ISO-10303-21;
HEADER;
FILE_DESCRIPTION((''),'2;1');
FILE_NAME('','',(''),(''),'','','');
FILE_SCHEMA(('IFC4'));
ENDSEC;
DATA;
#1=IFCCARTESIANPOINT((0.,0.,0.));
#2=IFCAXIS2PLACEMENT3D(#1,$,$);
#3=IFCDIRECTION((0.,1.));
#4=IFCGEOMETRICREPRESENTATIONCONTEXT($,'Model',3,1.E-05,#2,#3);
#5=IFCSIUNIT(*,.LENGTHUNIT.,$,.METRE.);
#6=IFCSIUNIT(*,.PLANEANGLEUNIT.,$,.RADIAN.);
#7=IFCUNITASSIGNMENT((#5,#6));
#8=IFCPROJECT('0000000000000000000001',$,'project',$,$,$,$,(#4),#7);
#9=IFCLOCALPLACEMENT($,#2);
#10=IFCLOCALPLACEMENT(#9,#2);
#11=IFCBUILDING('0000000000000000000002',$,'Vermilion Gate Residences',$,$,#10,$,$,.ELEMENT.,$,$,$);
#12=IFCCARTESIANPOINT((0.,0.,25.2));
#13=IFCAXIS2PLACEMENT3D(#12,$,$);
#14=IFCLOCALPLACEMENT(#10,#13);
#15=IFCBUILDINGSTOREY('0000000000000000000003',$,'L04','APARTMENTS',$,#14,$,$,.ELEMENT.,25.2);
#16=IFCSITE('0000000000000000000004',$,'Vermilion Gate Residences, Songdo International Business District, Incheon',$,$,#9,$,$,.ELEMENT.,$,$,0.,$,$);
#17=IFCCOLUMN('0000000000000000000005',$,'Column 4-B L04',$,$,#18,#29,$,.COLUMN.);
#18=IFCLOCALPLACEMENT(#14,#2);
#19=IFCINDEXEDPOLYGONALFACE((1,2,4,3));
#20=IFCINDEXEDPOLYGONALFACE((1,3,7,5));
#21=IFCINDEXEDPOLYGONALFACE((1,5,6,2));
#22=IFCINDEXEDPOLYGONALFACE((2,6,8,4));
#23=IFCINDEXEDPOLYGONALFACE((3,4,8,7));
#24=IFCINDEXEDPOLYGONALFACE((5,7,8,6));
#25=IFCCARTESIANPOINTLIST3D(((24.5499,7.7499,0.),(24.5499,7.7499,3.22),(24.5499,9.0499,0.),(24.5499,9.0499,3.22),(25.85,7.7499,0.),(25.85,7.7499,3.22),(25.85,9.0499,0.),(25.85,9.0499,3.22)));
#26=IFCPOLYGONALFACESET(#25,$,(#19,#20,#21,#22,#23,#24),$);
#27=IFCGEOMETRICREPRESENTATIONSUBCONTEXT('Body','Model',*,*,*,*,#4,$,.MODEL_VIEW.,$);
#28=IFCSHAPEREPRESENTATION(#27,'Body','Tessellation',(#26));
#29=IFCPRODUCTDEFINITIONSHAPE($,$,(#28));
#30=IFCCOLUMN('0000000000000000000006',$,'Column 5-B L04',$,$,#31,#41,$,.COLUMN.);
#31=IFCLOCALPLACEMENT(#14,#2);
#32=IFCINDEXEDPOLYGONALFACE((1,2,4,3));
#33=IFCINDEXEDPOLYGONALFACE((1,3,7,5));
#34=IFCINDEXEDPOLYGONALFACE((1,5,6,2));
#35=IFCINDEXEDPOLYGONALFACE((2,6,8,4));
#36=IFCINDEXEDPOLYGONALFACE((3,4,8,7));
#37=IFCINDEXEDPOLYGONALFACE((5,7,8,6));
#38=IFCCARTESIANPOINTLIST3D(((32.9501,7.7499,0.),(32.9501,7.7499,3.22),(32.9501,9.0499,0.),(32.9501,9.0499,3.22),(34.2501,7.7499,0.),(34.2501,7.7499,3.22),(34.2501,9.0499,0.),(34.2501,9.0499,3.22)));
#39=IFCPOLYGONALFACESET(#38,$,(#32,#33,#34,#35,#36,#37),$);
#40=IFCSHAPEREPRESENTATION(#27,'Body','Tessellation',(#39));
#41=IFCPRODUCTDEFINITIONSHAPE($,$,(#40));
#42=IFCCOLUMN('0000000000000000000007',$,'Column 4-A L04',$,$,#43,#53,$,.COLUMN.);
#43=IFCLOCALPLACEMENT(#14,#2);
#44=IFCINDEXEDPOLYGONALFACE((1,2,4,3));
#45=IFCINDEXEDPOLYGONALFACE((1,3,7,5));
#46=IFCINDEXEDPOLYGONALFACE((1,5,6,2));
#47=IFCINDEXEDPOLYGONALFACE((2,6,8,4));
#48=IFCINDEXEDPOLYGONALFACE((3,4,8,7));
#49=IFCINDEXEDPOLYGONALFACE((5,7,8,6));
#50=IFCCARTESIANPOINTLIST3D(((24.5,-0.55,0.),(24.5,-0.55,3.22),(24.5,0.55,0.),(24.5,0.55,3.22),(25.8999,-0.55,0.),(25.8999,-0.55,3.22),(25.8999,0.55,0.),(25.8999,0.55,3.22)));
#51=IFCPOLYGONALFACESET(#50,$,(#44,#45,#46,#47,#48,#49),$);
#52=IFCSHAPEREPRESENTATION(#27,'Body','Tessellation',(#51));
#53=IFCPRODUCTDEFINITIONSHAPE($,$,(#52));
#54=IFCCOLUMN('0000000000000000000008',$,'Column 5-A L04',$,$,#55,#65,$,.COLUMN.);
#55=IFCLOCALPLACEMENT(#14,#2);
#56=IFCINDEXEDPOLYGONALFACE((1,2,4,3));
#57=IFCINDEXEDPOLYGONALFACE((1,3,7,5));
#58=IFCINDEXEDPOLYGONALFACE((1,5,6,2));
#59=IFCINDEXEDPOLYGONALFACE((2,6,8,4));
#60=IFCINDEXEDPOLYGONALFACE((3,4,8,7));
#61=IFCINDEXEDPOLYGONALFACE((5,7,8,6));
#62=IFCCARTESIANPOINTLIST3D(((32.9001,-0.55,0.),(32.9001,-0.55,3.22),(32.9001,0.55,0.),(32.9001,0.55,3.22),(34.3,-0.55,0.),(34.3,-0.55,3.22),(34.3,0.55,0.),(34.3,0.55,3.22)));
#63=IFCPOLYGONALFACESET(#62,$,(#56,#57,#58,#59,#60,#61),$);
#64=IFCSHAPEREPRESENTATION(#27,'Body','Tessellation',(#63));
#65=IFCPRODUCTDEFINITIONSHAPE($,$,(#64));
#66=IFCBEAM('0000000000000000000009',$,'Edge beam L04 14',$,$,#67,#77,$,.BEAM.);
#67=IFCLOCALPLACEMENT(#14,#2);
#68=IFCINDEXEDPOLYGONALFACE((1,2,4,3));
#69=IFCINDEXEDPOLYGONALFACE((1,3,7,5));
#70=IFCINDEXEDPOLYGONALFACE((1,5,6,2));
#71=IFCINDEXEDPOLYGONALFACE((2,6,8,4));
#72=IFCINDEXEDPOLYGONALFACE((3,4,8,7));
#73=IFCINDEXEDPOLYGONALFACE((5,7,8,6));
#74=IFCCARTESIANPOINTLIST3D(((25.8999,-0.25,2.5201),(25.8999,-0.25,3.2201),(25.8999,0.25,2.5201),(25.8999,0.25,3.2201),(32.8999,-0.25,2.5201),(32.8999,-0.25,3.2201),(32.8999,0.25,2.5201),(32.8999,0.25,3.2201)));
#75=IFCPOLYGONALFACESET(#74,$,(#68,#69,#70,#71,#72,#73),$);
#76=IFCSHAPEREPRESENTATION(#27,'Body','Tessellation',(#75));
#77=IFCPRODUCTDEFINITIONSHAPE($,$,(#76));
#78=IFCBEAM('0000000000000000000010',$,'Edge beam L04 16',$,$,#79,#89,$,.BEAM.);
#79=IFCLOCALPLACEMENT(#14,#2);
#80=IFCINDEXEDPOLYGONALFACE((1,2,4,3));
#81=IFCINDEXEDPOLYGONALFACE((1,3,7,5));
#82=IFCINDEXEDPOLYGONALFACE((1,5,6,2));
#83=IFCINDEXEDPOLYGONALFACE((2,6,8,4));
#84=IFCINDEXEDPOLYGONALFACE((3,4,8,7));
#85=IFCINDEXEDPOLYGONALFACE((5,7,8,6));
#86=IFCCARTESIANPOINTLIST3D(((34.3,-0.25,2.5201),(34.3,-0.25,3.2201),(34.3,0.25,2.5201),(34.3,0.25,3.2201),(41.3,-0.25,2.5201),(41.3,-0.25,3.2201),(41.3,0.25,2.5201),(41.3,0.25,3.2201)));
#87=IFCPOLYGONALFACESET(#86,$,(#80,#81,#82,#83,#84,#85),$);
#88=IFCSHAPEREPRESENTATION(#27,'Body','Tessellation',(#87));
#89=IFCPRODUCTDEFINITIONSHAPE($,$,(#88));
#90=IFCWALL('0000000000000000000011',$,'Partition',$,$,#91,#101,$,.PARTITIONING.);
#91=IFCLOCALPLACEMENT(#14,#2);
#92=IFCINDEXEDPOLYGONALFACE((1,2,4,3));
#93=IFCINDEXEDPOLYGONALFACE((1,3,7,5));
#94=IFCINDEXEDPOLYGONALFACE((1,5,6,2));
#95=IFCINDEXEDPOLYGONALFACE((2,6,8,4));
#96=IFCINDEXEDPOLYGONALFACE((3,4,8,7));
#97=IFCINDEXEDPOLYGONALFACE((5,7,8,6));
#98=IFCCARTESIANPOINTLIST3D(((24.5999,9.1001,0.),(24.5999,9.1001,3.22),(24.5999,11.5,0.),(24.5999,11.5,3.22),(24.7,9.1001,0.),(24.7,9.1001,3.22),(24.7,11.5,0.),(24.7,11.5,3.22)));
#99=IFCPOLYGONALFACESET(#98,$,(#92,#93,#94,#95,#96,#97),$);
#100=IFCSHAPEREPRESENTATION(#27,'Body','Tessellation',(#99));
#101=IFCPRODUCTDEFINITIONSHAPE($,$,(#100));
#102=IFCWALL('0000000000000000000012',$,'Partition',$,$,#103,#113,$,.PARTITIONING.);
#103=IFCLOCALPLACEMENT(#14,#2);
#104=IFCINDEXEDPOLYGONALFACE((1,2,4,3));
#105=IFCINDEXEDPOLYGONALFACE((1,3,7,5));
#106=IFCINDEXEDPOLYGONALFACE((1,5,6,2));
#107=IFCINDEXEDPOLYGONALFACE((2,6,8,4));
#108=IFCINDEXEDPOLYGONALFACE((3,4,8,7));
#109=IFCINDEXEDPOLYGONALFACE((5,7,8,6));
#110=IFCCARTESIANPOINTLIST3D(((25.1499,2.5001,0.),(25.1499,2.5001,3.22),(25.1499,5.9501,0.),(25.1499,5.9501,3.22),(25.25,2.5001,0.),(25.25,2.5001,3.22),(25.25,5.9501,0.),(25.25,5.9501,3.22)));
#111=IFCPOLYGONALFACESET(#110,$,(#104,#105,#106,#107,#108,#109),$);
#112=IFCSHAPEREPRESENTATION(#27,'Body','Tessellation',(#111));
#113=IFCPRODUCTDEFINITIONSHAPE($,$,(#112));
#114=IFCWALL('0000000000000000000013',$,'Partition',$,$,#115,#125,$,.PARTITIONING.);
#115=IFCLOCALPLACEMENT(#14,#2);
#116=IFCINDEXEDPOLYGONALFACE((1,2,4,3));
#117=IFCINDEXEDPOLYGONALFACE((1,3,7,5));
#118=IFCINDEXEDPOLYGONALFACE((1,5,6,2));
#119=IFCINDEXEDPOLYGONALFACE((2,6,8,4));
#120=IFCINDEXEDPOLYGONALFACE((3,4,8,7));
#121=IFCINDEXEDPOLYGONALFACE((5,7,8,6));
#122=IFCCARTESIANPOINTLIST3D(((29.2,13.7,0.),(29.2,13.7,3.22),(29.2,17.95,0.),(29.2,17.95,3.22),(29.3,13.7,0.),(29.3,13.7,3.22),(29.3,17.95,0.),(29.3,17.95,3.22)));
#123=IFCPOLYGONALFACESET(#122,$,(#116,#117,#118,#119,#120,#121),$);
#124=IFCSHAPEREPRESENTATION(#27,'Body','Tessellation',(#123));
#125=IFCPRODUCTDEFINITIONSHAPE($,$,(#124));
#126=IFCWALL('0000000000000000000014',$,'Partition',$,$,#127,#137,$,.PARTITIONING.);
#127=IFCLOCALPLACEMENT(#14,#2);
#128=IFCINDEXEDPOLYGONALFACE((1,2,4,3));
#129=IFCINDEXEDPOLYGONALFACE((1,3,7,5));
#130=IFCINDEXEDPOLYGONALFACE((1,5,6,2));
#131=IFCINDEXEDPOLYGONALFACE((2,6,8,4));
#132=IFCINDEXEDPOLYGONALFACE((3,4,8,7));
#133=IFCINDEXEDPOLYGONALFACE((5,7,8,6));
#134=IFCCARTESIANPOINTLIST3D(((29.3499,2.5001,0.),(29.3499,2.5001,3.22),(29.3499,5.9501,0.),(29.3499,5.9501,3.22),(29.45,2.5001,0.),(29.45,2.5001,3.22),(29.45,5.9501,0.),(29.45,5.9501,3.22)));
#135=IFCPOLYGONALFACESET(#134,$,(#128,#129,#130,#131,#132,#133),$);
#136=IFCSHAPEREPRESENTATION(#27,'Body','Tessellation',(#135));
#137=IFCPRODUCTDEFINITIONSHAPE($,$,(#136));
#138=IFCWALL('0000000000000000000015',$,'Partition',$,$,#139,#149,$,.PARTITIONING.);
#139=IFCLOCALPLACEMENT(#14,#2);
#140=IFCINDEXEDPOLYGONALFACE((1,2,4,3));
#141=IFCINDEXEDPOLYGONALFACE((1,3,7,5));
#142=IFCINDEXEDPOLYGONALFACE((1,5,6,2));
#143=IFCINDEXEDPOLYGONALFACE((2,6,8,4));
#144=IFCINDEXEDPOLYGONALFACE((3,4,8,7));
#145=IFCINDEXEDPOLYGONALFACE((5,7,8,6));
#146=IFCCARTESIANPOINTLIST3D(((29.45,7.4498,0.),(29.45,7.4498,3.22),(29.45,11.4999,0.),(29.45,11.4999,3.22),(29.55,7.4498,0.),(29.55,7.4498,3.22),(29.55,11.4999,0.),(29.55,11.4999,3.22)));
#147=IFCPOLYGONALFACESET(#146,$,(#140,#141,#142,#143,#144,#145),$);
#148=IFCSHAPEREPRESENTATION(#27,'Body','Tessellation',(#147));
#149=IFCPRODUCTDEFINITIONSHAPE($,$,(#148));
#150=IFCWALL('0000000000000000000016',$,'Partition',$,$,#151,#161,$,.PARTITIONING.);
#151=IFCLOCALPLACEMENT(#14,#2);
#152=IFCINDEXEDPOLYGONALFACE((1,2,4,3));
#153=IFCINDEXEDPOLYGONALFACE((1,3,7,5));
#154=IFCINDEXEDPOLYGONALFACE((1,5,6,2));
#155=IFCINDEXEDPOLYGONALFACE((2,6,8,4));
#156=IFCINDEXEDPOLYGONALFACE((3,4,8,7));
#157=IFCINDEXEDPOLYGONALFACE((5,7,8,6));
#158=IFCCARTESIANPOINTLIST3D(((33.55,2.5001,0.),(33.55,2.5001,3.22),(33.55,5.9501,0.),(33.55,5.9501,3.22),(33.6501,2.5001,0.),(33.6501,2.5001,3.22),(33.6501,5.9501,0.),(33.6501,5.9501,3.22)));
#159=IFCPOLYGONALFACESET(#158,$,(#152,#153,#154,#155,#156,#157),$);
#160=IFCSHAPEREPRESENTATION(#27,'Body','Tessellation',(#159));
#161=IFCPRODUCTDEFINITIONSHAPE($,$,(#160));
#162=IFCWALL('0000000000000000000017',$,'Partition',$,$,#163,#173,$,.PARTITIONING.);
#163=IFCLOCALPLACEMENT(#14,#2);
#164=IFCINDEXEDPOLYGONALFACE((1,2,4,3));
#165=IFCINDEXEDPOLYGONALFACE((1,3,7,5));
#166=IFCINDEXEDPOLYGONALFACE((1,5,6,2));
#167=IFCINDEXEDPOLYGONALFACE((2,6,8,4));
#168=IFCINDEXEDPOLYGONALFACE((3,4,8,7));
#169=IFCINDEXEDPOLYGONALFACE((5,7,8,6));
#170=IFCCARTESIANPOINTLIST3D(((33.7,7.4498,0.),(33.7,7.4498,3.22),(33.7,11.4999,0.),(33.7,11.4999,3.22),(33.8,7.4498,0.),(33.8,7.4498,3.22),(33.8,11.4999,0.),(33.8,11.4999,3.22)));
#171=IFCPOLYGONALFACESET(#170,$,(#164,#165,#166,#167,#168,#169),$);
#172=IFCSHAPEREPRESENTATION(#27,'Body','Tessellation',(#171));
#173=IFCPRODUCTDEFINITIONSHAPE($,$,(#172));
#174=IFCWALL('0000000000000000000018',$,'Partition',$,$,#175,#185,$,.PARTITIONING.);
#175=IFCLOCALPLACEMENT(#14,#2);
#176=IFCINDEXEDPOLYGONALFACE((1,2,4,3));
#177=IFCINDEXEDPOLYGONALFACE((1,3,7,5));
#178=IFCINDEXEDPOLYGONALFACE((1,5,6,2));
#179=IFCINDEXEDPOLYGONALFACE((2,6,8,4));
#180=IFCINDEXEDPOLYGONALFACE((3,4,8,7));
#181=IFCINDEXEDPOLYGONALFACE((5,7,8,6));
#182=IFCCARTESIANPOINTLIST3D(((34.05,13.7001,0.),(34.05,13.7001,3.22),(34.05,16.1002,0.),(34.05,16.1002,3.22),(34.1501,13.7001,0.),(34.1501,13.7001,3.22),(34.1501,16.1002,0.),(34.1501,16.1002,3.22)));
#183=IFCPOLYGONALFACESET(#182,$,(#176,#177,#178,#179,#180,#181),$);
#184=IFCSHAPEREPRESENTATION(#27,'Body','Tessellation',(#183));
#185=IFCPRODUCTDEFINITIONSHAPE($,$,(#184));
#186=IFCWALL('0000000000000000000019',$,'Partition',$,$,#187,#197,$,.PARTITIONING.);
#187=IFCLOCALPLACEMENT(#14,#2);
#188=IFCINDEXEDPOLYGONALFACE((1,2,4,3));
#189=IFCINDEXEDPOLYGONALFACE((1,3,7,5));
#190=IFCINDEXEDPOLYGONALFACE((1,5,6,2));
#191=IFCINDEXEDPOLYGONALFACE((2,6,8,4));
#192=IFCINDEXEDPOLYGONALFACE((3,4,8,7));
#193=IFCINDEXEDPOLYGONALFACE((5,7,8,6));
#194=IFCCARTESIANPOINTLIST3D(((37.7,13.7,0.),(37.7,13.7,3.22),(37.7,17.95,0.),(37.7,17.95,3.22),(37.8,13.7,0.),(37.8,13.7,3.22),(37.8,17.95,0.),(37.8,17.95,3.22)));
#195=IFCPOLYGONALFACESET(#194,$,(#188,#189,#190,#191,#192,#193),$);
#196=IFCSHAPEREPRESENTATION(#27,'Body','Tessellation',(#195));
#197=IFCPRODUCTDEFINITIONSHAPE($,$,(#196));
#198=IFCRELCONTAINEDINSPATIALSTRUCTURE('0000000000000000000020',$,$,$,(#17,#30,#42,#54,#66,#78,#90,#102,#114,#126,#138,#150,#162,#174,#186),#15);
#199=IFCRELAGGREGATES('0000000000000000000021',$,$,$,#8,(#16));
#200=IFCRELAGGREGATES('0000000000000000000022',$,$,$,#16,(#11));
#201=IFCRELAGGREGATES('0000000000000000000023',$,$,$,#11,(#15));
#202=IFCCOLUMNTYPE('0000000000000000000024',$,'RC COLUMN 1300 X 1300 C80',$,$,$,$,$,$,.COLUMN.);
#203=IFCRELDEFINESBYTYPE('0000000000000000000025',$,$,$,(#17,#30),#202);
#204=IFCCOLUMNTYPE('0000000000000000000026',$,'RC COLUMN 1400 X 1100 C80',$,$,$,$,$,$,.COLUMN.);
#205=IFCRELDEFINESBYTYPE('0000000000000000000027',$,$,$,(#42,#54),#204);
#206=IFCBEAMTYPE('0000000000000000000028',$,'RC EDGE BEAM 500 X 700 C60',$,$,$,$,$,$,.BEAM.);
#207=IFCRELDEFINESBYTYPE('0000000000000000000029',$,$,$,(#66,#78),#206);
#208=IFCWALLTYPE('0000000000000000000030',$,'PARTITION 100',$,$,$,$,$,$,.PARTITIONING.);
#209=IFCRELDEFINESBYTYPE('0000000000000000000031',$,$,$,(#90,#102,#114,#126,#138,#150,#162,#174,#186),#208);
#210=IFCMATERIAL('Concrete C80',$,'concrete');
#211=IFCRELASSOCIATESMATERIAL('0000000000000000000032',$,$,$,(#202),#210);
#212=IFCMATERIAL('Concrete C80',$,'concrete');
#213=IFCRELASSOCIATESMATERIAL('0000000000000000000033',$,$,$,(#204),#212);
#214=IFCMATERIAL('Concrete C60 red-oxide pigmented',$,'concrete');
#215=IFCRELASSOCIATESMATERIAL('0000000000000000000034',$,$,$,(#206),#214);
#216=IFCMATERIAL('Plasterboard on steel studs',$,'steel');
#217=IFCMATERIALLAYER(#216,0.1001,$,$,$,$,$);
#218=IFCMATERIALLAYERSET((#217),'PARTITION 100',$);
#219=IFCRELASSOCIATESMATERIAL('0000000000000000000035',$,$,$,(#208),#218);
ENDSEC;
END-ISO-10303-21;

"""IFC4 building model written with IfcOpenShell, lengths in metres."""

from ifc_helpers import new_model, si_unit, direction, frame, frame_2d, origin, origin_2d, place, context, subcontext, project, spatial, rectangle, extrude, material, layer, layer_set, material_profile, profile_set, type_object, element, save


model = new_model("IFC4")

# Units and contexts
model_context = context("Model", 3, precision=1e-05, world=origin(), true_north=direction((0.0, 1.0)))
body_context = subcontext(model_context, "Body", "Model", "MODEL_VIEW")
ifc_project = project(units=[si_unit("LENGTHUNIT", "METRE"), si_unit("PLANEANGLEUNIT", "RADIAN")], contexts=[model_context])

# Site, building, storey
site_placement = place(None, origin())
site = spatial("IfcSite", under=ifc_project, at=site_placement, Name="Vermilion Gate Residences, Songdo International Business District, Incheon", CompositionType="ELEMENT", RefElevation=0.0)
building_placement = place(site_placement, origin())
building = spatial("IfcBuilding", under=site, at=building_placement, Name="Vermilion Gate Residences", CompositionType="ELEMENT")
storey_placement = place(building_placement, frame((0.0, 0.0, 25.2)))
storey = spatial("IfcBuildingStorey", under=building, at=storey_placement, Name="L04", Description="APARTMENTS", CompositionType="ELEMENT", Elevation=25.2)

# Columns
ifc_material_1 = material(Name="Concrete C80", Category="concrete")
ifc_material_profile_1 = material_profile(ifc_material_1, rectangle(XDim=1.3, YDim=1.3, at=origin_2d()), Name="RC-1300x1300")
ifc_profile_set_1 = profile_set([ifc_material_profile_1], Name="Concrete C80")
column_type_1 = type_object("IfcColumnType", Name="RC COLUMN 1300 X 1300 C80", PredefinedType="COLUMN", material=ifc_profile_set_1)
for number, where, z_axis, x_axis, name in (
    (1, (25.2, 8.3999, 0.0), (0.0, 0.0, 1.0), (1.0, 0.0, 0.0), "Column 4-B L04"),
    (2, (33.6001, 8.3999, 0.0), (0.0, 0.0, 1.0), (1.0, 0.0, 0.0), "Column 5-B L04"),
):
    element("IfcColumn", number, at=place(storey_placement, frame(where, z_axis=z_axis, x_axis=x_axis)), inside=storey, type_object=column_type_1, Name=name, PredefinedType="COLUMN", context=body_context, shape_type="SweptSolid", body=[
        extrude(rectangle(XDim=1.3, YDim=1.3, at=origin_2d()), origin(), (0.0, 0.0, 1.0), 3.22),
    ])
ifc_material_2 = material(Name="Concrete C80", Category="concrete")
ifc_material_profile_2 = material_profile(ifc_material_2, rectangle(XDim=1.3999, YDim=1.1001, at=origin_2d()), Name="RC-1400x1100")
ifc_profile_set_2 = profile_set([ifc_material_profile_2], Name="Concrete C80")
column_type_2 = type_object("IfcColumnType", Name="RC COLUMN 1400 X 1100 C80", PredefinedType="COLUMN", material=ifc_profile_set_2)
for number, where, z_axis, x_axis, name in (
    (3, (25.2, 0.0, 0.0), (0.0, 0.0, 1.0), (1.0, 0.0, 0.0), "Column 4-A L04"),
    (4, (33.6001, 0.0, 0.0), (0.0, 0.0, 1.0), (1.0, 0.0, 0.0), "Column 5-A L04"),
):
    element("IfcColumn", number, at=place(storey_placement, frame(where, z_axis=z_axis, x_axis=x_axis)), inside=storey, type_object=column_type_2, Name=name, PredefinedType="COLUMN", context=body_context, shape_type="SweptSolid", body=[
        extrude(rectangle(XDim=1.3999, YDim=1.1001, at=origin_2d()), origin(), (0.0, 0.0, 1.0), 3.22),
    ])

# Beams
ifc_material_3 = material(Name="Concrete C60 red-oxide pigmented", Category="concrete")
ifc_material_profile_3 = material_profile(ifc_material_3, rectangle(XDim=0.5, YDim=0.7, at=origin_2d()), Name="RC-500x700")
ifc_profile_set_3 = profile_set([ifc_material_profile_3], Name="Concrete C60 red-oxide pigmented")
beam_type = type_object("IfcBeamType", Name="RC EDGE BEAM 500 X 700 C60", PredefinedType="BEAM", material=ifc_profile_set_3)
for number, where, z_axis, x_axis, name in (
    (5, (25.8999, 0.0, 2.8701), (1.0, 0.0, 0.0), (0.0, 1.0, 0.0), "Edge beam L04 14"),
    (6, (34.3, 0.0, 2.8701), (1.0, 0.0, 0.0), (0.0, 1.0, 0.0), "Edge beam L04 16"),
):
    element("IfcBeam", number, at=place(storey_placement, frame(where, z_axis=z_axis, x_axis=x_axis)), inside=storey, type_object=beam_type, Name=name, PredefinedType="BEAM", context=body_context, shape_type="SweptSolid", body=[
        extrude(rectangle(XDim=0.5, YDim=0.7, at=origin_2d()), origin(), (0.0, 0.0, 1.0), 7.0),
    ])

# Walls
ifc_material_4 = material(Name="Plasterboard on steel studs", Category="steel")
ifc_layer_1 = layer(ifc_material_4, 0.1001)
ifc_layer_set_1 = layer_set([ifc_layer_1], Name="PARTITION 100")
wall_type_1 = type_object("IfcWallType", Name="PARTITION 100", PredefinedType="PARTITIONING", material=ifc_layer_set_1)
wall_1_placement = place(storey_placement, frame((24.6499, 9.1001, 0.0), z_axis=(0.0, 0.0, 1.0), x_axis=(0.0, 1.0, 0.0)))
element("IfcWall", 7, at=wall_1_placement, inside=storey, type_object=wall_type_1, Name="Partition", PredefinedType="PARTITIONING", context=body_context, shape_type="SweptSolid", body=[
    extrude(rectangle(XDim=2.3999, YDim=0.1001, at=frame_2d((1.2, 0.0))), origin(), (0.0, 0.0, 1.0), 3.22),
])
wall_2_placement = place(storey_placement, frame((25.2, 2.5, 0.0), z_axis=(0.0, 0.0, 1.0), x_axis=(0.0, 1.0, 0.0)))
element("IfcWall", 8, at=wall_2_placement, inside=storey, type_object=wall_type_1, Name="Partition", PredefinedType="PARTITIONING", context=body_context, shape_type="SweptSolid", body=[
    extrude(rectangle(XDim=3.45, YDim=0.1001, at=frame_2d((1.7251, 0.0))), origin(), (0.0, 0.0, 1.0), 3.22),
])
wall_3_placement = place(storey_placement, frame((29.25, 13.7, 0.0), z_axis=(0.0, 0.0, 1.0), x_axis=(0.0, 1.0, 0.0)))
element("IfcWall", 9, at=wall_3_placement, inside=storey, type_object=wall_type_1, Name="Partition", PredefinedType="PARTITIONING", context=body_context, shape_type="SweptSolid", body=[
    extrude(rectangle(XDim=4.25, YDim=0.1001, at=frame_2d((2.125, 0.0))), origin(), (0.0, 0.0, 1.0), 3.22),
])
wall_4_placement = place(storey_placement, frame((29.3999, 2.5, 0.0), z_axis=(0.0, 0.0, 1.0), x_axis=(0.0, 1.0, 0.0)))
element("IfcWall", 10, at=wall_4_placement, inside=storey, type_object=wall_type_1, Name="Partition", PredefinedType="PARTITIONING", context=body_context, shape_type="SweptSolid", body=[
    extrude(rectangle(XDim=3.45, YDim=0.1001, at=frame_2d((1.7251, 0.0))), origin(), (0.0, 0.0, 1.0), 3.22),
])
wall_5_placement = place(storey_placement, frame((29.5, 7.45, 0.0), z_axis=(0.0, 0.0, 1.0), x_axis=(0.0, 1.0, 0.0)))
element("IfcWall", 11, at=wall_5_placement, inside=storey, type_object=wall_type_1, Name="Partition", PredefinedType="PARTITIONING", context=body_context, shape_type="SweptSolid", body=[
    extrude(rectangle(XDim=4.05, YDim=0.1001, at=frame_2d((2.0249, 0.0))), origin(), (0.0, 0.0, 1.0), 3.22),
])
wall_6_placement = place(storey_placement, frame((33.6001, 2.5, 0.0), z_axis=(0.0, 0.0, 1.0), x_axis=(0.0, 1.0, 0.0)))
element("IfcWall", 12, at=wall_6_placement, inside=storey, type_object=wall_type_1, Name="Partition", PredefinedType="PARTITIONING", context=body_context, shape_type="SweptSolid", body=[
    extrude(rectangle(XDim=3.45, YDim=0.1001, at=frame_2d((1.7251, 0.0))), origin(), (0.0, 0.0, 1.0), 3.22),
])
wall_7_placement = place(storey_placement, frame((33.75, 7.45, 0.0), z_axis=(0.0, 0.0, 1.0), x_axis=(0.0, 1.0, 0.0)))
element("IfcWall", 13, at=wall_7_placement, inside=storey, type_object=wall_type_1, Name="Partition", PredefinedType="PARTITIONING", context=body_context, shape_type="SweptSolid", body=[
    extrude(rectangle(XDim=4.05, YDim=0.1001, at=frame_2d((2.0249, 0.0))), origin(), (0.0, 0.0, 1.0), 3.22),
])
wall_8_placement = place(storey_placement, frame((34.1001, 13.7, 0.0), z_axis=(0.0, 0.0, 1.0), x_axis=(0.0, 1.0, 0.0)))
element("IfcWall", 14, at=wall_8_placement, inside=storey, type_object=wall_type_1, Name="Partition", PredefinedType="PARTITIONING", context=body_context, shape_type="SweptSolid", body=[
    extrude(rectangle(XDim=2.4001, YDim=0.1001, at=frame_2d((1.2002, 0.0))), origin(), (0.0, 0.0, 1.0), 3.22),
])
wall_9_placement = place(storey_placement, frame((37.75, 13.7, 0.0), z_axis=(0.0, 0.0, 1.0), x_axis=(0.0, 1.0, 0.0)))
element("IfcWall", 15, at=wall_9_placement, inside=storey, type_object=wall_type_1, Name="Partition", PredefinedType="PARTITIONING", context=body_context, shape_type="SweptSolid", body=[
    extrude(rectangle(XDim=4.25, YDim=0.1001, at=frame_2d((2.125, 0.0))), origin(), (0.0, 0.0, 1.0), 3.22),
])

save(model, "model.ifc")
